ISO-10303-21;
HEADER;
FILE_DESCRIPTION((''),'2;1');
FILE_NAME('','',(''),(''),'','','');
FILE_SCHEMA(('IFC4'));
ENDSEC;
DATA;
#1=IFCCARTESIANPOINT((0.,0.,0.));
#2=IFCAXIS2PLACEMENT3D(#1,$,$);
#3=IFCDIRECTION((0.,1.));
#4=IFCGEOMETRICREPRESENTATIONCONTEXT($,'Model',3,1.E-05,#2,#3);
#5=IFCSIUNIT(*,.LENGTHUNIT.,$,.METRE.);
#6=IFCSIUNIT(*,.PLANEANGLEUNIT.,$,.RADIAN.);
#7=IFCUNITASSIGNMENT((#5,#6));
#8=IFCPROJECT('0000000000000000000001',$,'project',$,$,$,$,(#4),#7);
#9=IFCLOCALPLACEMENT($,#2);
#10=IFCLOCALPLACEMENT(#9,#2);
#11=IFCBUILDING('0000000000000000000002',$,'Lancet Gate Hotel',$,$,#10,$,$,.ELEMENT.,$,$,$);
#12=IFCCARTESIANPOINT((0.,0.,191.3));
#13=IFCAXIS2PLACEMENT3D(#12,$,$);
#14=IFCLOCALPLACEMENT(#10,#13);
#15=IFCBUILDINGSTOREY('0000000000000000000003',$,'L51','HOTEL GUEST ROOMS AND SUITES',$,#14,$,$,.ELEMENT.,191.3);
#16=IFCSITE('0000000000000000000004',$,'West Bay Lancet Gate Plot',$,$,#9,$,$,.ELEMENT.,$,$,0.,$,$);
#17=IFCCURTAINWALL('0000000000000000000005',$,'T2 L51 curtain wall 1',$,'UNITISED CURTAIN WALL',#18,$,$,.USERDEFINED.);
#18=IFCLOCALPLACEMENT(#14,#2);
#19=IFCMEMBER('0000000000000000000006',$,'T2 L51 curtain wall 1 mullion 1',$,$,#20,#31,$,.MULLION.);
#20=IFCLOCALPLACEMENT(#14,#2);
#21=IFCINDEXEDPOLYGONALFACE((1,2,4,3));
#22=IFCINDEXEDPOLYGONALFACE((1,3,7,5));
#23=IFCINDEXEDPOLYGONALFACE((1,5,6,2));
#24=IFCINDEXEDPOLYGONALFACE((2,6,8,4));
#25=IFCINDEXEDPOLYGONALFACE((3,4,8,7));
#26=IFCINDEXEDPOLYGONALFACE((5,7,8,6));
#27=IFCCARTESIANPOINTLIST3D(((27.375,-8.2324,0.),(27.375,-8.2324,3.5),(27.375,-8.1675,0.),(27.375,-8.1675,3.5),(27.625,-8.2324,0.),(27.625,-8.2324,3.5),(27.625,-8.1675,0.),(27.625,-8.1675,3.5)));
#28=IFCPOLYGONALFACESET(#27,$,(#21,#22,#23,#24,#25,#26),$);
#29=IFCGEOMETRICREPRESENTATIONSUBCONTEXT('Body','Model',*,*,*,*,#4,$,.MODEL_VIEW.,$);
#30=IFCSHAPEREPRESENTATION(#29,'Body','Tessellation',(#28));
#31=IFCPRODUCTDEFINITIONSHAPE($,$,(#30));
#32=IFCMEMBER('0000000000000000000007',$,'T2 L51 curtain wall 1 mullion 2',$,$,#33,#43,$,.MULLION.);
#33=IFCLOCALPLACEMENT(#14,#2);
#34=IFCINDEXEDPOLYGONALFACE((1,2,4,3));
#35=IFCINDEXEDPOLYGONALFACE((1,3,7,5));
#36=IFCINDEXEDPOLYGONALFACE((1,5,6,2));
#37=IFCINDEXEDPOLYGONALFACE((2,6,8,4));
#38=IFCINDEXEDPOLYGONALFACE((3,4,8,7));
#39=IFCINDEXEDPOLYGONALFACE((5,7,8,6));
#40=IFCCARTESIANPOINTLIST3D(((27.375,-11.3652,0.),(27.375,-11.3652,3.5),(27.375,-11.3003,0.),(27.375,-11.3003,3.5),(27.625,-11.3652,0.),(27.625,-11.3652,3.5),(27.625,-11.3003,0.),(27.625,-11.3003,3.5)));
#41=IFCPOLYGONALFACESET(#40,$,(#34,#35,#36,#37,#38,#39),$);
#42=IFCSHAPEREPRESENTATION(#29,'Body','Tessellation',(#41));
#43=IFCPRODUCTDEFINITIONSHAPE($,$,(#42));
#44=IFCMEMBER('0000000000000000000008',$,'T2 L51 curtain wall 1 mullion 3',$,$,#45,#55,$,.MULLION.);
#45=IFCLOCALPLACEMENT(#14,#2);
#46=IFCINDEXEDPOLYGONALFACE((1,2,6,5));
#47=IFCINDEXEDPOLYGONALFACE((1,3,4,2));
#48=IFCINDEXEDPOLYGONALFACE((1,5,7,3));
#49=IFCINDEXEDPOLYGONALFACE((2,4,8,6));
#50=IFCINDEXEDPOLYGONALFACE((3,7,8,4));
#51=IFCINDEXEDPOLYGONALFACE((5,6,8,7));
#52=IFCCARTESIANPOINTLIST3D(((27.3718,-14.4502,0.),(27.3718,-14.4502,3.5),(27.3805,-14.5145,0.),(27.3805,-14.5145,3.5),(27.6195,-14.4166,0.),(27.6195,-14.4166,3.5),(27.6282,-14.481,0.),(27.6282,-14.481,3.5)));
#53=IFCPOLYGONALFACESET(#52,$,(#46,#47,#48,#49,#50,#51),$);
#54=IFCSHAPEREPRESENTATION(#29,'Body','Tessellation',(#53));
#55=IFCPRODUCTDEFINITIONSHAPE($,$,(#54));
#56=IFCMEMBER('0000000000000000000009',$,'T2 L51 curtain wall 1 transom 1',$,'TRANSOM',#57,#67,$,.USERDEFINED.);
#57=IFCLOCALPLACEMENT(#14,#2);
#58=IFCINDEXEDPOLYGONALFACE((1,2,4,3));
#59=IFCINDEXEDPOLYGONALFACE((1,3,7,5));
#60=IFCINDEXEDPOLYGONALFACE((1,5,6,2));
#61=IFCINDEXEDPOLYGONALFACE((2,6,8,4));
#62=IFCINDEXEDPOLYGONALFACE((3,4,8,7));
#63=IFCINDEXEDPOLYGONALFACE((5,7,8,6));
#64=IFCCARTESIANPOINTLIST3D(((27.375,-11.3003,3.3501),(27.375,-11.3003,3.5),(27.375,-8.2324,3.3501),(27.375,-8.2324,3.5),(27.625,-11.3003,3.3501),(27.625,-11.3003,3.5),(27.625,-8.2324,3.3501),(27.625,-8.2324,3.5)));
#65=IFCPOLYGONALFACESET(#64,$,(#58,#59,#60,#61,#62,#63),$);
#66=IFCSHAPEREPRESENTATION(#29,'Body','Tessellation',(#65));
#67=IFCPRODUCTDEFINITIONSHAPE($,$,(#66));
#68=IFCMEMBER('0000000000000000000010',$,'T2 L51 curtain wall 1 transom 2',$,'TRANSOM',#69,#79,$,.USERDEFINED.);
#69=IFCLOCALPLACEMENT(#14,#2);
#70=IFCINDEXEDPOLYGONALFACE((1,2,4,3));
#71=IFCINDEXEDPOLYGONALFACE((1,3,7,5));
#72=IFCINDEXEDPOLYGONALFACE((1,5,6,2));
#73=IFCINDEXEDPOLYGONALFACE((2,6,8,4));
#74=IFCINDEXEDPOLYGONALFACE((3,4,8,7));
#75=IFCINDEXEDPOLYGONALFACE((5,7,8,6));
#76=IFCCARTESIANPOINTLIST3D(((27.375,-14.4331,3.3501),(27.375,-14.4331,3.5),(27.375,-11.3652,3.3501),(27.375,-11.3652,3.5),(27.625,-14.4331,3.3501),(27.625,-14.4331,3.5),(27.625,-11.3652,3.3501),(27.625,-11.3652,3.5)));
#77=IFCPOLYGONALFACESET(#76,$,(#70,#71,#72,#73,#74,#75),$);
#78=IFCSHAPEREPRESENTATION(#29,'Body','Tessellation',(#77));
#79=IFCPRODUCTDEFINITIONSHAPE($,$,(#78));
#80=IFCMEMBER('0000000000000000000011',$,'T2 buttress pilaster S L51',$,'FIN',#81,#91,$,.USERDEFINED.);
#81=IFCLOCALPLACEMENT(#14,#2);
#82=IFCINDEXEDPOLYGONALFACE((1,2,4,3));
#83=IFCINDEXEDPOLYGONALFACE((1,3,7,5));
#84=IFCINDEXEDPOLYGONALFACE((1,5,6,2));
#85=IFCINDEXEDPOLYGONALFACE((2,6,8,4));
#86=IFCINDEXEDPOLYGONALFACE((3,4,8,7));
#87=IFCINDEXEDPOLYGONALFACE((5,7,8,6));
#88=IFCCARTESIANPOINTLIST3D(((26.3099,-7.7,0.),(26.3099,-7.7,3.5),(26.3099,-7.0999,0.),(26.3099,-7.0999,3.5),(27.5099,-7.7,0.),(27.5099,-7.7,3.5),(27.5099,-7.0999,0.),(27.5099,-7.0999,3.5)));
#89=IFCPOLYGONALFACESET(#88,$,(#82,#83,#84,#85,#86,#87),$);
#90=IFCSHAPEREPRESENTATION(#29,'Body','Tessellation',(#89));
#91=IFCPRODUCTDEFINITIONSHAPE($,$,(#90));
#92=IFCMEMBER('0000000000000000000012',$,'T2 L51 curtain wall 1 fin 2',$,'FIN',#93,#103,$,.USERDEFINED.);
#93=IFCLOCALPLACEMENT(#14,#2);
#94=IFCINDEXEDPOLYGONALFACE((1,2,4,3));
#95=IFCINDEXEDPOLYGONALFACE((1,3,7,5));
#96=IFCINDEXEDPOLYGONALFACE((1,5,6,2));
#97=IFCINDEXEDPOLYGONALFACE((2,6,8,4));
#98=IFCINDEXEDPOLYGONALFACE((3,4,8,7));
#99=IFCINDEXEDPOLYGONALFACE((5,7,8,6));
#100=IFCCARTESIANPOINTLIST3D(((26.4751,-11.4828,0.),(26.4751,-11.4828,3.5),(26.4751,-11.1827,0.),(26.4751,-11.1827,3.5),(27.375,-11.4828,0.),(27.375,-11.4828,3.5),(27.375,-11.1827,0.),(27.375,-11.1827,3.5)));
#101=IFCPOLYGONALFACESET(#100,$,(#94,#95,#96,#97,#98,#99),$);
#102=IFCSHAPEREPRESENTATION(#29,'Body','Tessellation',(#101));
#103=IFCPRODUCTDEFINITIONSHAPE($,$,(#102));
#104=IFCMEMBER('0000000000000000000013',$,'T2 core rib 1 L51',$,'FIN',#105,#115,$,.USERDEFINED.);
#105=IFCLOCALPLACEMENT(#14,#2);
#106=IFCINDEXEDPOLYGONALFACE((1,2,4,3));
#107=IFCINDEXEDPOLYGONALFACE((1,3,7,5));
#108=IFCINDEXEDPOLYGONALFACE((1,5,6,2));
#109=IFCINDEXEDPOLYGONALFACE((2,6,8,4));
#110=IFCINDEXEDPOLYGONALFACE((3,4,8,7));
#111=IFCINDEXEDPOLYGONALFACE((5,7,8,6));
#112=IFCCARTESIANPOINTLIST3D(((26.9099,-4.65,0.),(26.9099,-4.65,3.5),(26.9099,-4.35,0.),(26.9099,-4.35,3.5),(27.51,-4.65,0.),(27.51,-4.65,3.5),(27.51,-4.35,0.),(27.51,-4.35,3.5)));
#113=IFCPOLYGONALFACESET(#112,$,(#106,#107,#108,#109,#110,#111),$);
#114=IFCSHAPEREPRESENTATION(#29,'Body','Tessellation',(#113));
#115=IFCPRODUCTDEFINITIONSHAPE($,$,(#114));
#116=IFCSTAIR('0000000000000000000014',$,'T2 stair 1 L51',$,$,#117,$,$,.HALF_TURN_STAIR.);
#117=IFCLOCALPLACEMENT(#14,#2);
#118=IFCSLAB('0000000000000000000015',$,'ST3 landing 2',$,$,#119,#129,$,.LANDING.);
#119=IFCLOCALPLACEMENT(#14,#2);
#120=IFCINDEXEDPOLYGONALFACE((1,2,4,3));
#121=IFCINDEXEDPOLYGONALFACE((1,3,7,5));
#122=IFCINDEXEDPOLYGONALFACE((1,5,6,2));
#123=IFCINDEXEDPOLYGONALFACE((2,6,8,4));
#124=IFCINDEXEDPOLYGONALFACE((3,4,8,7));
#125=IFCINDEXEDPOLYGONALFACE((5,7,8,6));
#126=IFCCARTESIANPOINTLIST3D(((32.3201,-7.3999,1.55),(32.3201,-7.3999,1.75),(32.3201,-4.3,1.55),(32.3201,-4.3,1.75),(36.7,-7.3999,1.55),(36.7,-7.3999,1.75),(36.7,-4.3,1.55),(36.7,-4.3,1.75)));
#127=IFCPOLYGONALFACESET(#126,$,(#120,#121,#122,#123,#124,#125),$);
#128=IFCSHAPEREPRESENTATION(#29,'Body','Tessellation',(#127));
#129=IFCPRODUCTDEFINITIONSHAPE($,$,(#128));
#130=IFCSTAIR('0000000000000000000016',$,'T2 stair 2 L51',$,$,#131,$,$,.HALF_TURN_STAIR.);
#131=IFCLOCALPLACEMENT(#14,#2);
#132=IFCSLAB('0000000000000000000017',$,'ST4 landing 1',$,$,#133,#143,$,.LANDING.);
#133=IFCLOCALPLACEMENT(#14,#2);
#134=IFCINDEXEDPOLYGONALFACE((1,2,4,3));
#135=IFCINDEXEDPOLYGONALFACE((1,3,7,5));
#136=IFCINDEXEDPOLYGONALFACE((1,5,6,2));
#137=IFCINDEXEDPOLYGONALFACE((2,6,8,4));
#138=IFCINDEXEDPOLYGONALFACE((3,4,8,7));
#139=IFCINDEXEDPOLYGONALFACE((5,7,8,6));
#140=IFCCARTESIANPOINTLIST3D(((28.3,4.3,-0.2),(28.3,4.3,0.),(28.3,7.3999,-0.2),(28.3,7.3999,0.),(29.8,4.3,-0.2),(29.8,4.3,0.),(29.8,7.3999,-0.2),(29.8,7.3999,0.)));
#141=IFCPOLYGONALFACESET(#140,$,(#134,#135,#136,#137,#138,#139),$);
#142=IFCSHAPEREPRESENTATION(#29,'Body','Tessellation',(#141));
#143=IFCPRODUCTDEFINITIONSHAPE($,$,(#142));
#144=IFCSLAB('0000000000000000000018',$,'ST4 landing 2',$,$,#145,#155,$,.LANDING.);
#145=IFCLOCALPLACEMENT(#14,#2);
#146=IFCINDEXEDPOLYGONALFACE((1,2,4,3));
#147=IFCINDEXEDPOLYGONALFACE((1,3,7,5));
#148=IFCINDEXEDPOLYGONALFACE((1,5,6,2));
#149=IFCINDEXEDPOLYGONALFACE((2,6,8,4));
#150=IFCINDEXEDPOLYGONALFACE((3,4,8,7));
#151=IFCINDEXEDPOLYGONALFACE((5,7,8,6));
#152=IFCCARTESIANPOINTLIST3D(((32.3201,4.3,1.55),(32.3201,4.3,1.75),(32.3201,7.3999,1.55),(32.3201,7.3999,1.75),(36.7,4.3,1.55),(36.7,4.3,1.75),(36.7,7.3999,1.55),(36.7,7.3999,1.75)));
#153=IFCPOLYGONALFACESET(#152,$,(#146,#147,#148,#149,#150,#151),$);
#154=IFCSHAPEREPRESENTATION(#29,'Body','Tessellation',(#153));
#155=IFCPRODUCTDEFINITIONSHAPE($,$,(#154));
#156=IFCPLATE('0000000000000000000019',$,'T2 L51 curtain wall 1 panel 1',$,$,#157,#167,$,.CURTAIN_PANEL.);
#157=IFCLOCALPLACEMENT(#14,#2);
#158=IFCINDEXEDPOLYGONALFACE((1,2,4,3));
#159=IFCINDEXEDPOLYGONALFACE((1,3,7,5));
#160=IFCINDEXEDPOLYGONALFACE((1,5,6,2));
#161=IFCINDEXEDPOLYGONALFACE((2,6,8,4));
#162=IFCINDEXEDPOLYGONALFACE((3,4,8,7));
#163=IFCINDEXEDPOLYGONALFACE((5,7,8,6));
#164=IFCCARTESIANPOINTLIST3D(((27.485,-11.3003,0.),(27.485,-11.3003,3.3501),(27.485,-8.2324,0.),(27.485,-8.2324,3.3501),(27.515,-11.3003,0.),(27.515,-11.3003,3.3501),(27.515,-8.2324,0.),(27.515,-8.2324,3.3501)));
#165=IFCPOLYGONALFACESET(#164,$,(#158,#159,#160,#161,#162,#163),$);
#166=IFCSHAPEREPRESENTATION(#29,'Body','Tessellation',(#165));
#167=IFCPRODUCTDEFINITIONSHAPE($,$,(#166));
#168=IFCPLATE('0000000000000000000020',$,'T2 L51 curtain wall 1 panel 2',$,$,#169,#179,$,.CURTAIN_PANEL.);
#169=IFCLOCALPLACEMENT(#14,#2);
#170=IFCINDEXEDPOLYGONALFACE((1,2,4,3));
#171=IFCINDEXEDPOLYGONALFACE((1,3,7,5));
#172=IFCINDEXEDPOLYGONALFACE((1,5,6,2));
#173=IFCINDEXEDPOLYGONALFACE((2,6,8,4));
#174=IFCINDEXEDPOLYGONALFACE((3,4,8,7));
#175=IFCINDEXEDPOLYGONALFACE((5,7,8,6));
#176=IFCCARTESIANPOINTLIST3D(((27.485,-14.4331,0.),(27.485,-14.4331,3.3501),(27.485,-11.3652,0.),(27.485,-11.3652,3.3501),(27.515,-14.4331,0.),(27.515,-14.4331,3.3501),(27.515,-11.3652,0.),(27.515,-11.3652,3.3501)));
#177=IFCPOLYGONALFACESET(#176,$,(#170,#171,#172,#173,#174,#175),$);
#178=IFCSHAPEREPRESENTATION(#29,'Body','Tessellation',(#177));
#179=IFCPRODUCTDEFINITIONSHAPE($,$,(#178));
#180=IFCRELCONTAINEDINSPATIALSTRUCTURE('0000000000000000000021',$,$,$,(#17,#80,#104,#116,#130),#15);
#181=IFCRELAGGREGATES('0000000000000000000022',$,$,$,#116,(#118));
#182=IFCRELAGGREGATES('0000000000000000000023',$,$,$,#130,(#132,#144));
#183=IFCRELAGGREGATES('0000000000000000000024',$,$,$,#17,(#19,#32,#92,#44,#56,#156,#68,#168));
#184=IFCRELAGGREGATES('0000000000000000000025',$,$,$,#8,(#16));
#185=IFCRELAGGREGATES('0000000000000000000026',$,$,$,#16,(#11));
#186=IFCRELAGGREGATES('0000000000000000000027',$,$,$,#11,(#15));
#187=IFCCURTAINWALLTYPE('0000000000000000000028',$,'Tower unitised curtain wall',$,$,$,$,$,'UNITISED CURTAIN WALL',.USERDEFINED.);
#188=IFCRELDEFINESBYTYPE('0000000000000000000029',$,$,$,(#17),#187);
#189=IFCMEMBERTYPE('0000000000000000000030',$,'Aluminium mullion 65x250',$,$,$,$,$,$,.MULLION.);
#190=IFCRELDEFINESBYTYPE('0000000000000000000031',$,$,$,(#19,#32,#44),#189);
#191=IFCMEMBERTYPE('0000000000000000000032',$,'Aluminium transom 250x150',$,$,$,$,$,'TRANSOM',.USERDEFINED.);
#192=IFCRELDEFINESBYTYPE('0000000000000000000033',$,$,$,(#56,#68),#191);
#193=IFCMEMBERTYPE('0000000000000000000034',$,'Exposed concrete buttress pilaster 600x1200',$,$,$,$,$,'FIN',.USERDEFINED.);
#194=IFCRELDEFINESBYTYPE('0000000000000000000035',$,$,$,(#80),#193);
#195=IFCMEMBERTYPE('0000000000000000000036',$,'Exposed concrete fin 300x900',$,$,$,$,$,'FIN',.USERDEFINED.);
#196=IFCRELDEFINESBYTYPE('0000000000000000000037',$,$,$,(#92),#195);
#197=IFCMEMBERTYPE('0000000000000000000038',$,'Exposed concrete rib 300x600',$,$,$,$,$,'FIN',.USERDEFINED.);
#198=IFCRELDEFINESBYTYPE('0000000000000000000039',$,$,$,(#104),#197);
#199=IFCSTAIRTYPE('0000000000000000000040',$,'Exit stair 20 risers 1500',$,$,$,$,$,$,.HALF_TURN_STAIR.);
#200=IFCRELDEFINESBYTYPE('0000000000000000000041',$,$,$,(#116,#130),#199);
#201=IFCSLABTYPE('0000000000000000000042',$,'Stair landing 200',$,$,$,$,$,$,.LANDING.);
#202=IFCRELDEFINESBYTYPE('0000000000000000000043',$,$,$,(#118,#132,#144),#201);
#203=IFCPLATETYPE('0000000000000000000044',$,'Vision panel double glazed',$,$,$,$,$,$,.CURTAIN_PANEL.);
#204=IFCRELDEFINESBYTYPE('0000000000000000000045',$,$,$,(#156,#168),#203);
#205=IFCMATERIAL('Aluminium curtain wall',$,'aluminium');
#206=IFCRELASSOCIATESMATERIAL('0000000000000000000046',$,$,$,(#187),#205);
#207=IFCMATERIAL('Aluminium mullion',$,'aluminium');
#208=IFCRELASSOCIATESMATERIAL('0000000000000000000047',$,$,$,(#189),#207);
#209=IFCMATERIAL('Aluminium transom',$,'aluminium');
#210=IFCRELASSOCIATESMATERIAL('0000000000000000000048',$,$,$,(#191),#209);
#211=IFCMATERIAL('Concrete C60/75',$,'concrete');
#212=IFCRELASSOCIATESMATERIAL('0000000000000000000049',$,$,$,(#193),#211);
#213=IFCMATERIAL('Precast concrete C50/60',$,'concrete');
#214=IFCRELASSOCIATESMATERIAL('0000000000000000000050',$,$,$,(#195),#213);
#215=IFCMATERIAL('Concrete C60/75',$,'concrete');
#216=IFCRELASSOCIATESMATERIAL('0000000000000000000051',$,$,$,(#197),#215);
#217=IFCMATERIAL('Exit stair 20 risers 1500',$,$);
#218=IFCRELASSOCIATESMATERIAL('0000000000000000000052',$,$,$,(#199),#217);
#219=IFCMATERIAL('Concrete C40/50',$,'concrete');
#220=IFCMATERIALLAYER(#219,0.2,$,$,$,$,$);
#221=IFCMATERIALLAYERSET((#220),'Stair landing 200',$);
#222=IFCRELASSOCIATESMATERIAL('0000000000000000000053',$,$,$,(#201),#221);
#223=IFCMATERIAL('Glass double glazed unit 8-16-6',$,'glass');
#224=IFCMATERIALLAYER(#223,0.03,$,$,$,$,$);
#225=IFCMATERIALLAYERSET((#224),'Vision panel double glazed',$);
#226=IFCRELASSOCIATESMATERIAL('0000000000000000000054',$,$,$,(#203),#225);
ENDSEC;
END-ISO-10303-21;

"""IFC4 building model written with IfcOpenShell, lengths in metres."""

from ifc_helpers import new_model, si_unit, direction, frame, origin, origin_2d, place, context, subcontext, project, spatial, polyline, rectangle, outline, extrude, material, layer, layer_set, material_profile, profile_set, type_object, element, aggregate, save


model = new_model("IFC4")

# Units and contexts
model_context = context("Model", 3, precision=1e-05, world=origin(), true_north=direction((0.0, 1.0)))
body_context = subcontext(model_context, "Body", "Model", "MODEL_VIEW")
ifc_project = project(units=[si_unit("LENGTHUNIT", "METRE"), si_unit("PLANEANGLEUNIT", "RADIAN")], contexts=[model_context])

# Site, building, storey
site_placement = place(None, origin())
site = spatial("IfcSite", under=ifc_project, at=site_placement, Name="West Bay Lancet Gate Plot", CompositionType="ELEMENT", RefElevation=0.0)
building_placement = place(site_placement, origin())
building = spatial("IfcBuilding", under=site, at=building_placement, Name="Lancet Gate Hotel", CompositionType="ELEMENT")
storey_placement = place(building_placement, frame((0.0, 0.0, 191.3)))
storey = spatial("IfcBuildingStorey", under=building, at=storey_placement, Name="L51", Description="HOTEL GUEST ROOMS AND SUITES", CompositionType="ELEMENT", Elevation=191.3)

# Curtain wall, members
ifc_material_1 = material(Name="Aluminium curtain wall", Category="aluminium")
curtain_wall_type = type_object("IfcCurtainWallType", Name="Tower unitised curtain wall", ElementType="UNITISED CURTAIN WALL", PredefinedType="USERDEFINED", material=ifc_material_1)
curtain_wall_placement = place(storey_placement, origin())
curtain_wall = element("IfcCurtainWall", 1, at=curtain_wall_placement, inside=storey, type_object=curtain_wall_type, Name="T2 L51 curtain wall 1", ObjectType="UNITISED CURTAIN WALL", PredefinedType="USERDEFINED")
ifc_material_2 = material(Name="Aluminium mullion", Category="aluminium")
ifc_material_profile_1 = material_profile(ifc_material_2, rectangle(XDim=0.0649, YDim=0.25, at=origin_2d()), Name="MULLION 65x250")
ifc_profile_set_1 = profile_set([ifc_material_profile_1], Name="Aluminium mullion")
member_type_1 = type_object("IfcMemberType", Name="Aluminium mullion 65x250", PredefinedType="MULLION", material=ifc_profile_set_1)
member_1_placement = place(storey_placement, frame((27.5, -8.2, 0.0), z_axis=(0.0, 0.0, 1.0), x_axis=(0.0, -1.0, 0.0)))
member_1 = element("IfcMember", 2, at=member_1_placement, type_object=member_type_1, Name="T2 L51 curtain wall 1 mullion 1", PredefinedType="MULLION", context=body_context, shape_type="SweptSolid", body=[
    extrude(rectangle(XDim=0.0649, YDim=0.25, at=origin_2d()), origin(), (0.0, 0.0, 1.0), 3.5),
])
member_2_placement = place(storey_placement, frame((27.5, -11.3328, 0.0), z_axis=(0.0, 0.0, 1.0), x_axis=(0.0, -1.0, 0.0)))
member_2 = element("IfcMember", 3, at=member_2_placement, type_object=member_type_1, Name="T2 L51 curtain wall 1 mullion 2", PredefinedType="MULLION", context=body_context, shape_type="SweptSolid", body=[
    extrude(rectangle(XDim=0.0649, YDim=0.25, at=origin_2d()), origin(), (0.0, 0.0, 1.0), 3.5),
])
member_3_placement = place(storey_placement, frame((27.5, -14.4656, 0.0), z_axis=(0.0, 0.0, 1.0), x_axis=(0.134207, -0.990953, 0.0)))
member_3 = element("IfcMember", 4, at=member_3_placement, type_object=member_type_1, Name="T2 L51 curtain wall 1 mullion 3", PredefinedType="MULLION", context=body_context, shape_type="SweptSolid", body=[
    extrude(rectangle(XDim=0.0649, YDim=0.25, at=origin_2d()), origin(), (0.0, 0.0, 1.0), 3.5),
])
ifc_material_3 = material(Name="Aluminium transom", Category="aluminium")
ifc_material_profile_2 = material_profile(ifc_material_3, rectangle(XDim=0.25, YDim=0.1499, at=origin_2d()), Name="TRANSOM 250x150")
ifc_profile_set_2 = profile_set([ifc_material_profile_2], Name="Aluminium transom")
member_type_2 = type_object("IfcMemberType", Name="Aluminium transom 250x150", ElementType="TRANSOM", PredefinedType="USERDEFINED", material=ifc_profile_set_2)
member_4_placement = place(storey_placement, frame((27.5, -8.2324, 3.425), z_axis=(0.0, -1.0, 0.0), x_axis=(1.0, 0.0, 0.0)))
member_4 = element("IfcMember", 5, at=member_4_placement, type_object=member_type_2, Name="T2 L51 curtain wall 1 transom 1", ObjectType="TRANSOM", PredefinedType="USERDEFINED", context=body_context, shape_type="SweptSolid", body=[
    extrude(rectangle(XDim=0.25, YDim=0.1499, at=origin_2d()), origin(), (0.0, 0.0, 1.0), 3.0679),
])
member_5_placement = place(storey_placement, frame((27.5, -11.3652, 3.425), z_axis=(0.0, -1.0, 0.0), x_axis=(1.0, 0.0, 0.0)))
member_5 = element("IfcMember", 6, at=member_5_placement, type_object=member_type_2, Name="T2 L51 curtain wall 1 transom 2", ObjectType="TRANSOM", PredefinedType="USERDEFINED", context=body_context, shape_type="SweptSolid", body=[
    extrude(rectangle(XDim=0.25, YDim=0.1499, at=origin_2d()), origin(), (0.0, 0.0, 1.0), 3.0679),
])

# Members
ifc_material_4 = material(Name="Concrete C60/75", Category="concrete")
ifc_material_profile_3 = material_profile(ifc_material_4, rectangle(XDim=0.6001, YDim=1.2, at=origin_2d()), Name="FIN 600x1200")
ifc_profile_set_3 = profile_set([ifc_material_profile_3], Name="Concrete C60/75")
member_type_3 = type_object("IfcMemberType", Name="Exposed concrete buttress pilaster 600x1200", ElementType="FIN", PredefinedType="USERDEFINED", material=ifc_profile_set_3)
member_6_placement = place(storey_placement, frame((26.9099, -7.3999, 0.0), z_axis=(0.0, 0.0, 1.0), x_axis=(0.0, 1.0, 0.0)))
element("IfcMember", 7, at=member_6_placement, inside=storey, type_object=member_type_3, Name="T2 buttress pilaster S L51", ObjectType="FIN", PredefinedType="USERDEFINED", context=body_context, shape_type="SweptSolid", body=[
    extrude(rectangle(XDim=0.6001, YDim=1.2, at=origin_2d()), origin(), (0.0, 0.0, 1.0), 3.5),
])
ifc_material_5 = material(Name="Precast concrete C50/60", Category="concrete")
ifc_material_profile_4 = material_profile(ifc_material_5, rectangle(XDim=0.3, YDim=0.8999, at=origin_2d()), Name="FIN 300x900")
ifc_profile_set_4 = profile_set([ifc_material_profile_4], Name="Precast concrete C50/60")
member_type_4 = type_object("IfcMemberType", Name="Exposed concrete fin 300x900", ElementType="FIN", PredefinedType="USERDEFINED", material=ifc_profile_set_4)
member_7_placement = place(storey_placement, frame((26.925, -11.3328, 0.0), z_axis=(0.0, 0.0, 1.0), x_axis=(0.0, -1.0, 0.0)))
member_7 = element("IfcMember", 8, at=member_7_placement, type_object=member_type_4, Name="T2 L51 curtain wall 1 fin 2", ObjectType="FIN", PredefinedType="USERDEFINED", context=body_context, shape_type="SweptSolid", body=[
    extrude(rectangle(XDim=0.3, YDim=0.8999, at=origin_2d()), origin(), (0.0, 0.0, 1.0), 3.5),
])
ifc_material_6 = material(Name="Concrete C60/75", Category="concrete")
ifc_material_profile_5 = material_profile(ifc_material_6, rectangle(XDim=0.3, YDim=0.6001, at=origin_2d()), Name="FIN 300x600")
ifc_profile_set_5 = profile_set([ifc_material_profile_5], Name="Concrete C60/75")
member_type_5 = type_object("IfcMemberType", Name="Exposed concrete rib 300x600", ElementType="FIN", PredefinedType="USERDEFINED", material=ifc_profile_set_5)
member_8_placement = place(storey_placement, frame((27.21, -4.5, 0.0), z_axis=(0.0, 0.0, 1.0), x_axis=(0.0, 1.0, 0.0)))
element("IfcMember", 9, at=member_8_placement, inside=storey, type_object=member_type_5, Name="T2 core rib 1 L51", ObjectType="FIN", PredefinedType="USERDEFINED", context=body_context, shape_type="SweptSolid", body=[
    extrude(rectangle(XDim=0.3, YDim=0.6001, at=origin_2d()), origin(), (0.0, 0.0, 1.0), 3.5),
])

# Stair, slab
ifc_material_7 = material(Name="Exit stair 20 risers 1500")
stair_type = type_object("IfcStairType", Name="Exit stair 20 risers 1500", PredefinedType="HALF_TURN_STAIR", material=ifc_material_7)
stair_1_placement = place(storey_placement, origin())
stair_1 = element("IfcStair", 10, at=stair_1_placement, inside=storey, type_object=stair_type, Name="T2 stair 1 L51", PredefinedType="HALF_TURN_STAIR")
ifc_material_8 = material(Name="Concrete C40/50", Category="concrete")
ifc_layer_1 = layer(ifc_material_8, 0.2)
ifc_layer_set_1 = layer_set([ifc_layer_1], Name="Stair landing 200")
slab_type = type_object("IfcSlabType", Name="Stair landing 200", PredefinedType="LANDING", material=ifc_layer_set_1)
slab_1_placement = place(storey_placement, frame((0.0, 0.0, 1.55)))
slab_1 = element("IfcSlab", 11, at=slab_1_placement, type_object=slab_type, Name="ST3 landing 2", PredefinedType="LANDING", context=body_context, shape_type="SweptSolid", body=[
    extrude(outline(polyline([(32.3201, -7.3999), (36.7, -7.3999), (36.7, -4.3), (32.3201, -4.3), (32.3201, -7.3999)])), origin(), (0.0, 0.0, 1.0), 0.2),
])
aggregate(stair_1, [slab_1])

# Stair, slabs
stair_2_placement = place(storey_placement, origin())
stair_2 = element("IfcStair", 12, at=stair_2_placement, inside=storey, type_object=stair_type, Name="T2 stair 2 L51", PredefinedType="HALF_TURN_STAIR")
slab_2_placement = place(storey_placement, frame((0.0, 0.0, -0.2)))
slab_2 = element("IfcSlab", 13, at=slab_2_placement, type_object=slab_type, Name="ST4 landing 1", PredefinedType="LANDING", context=body_context, shape_type="SweptSolid", body=[
    extrude(outline(polyline([(28.3, 4.3), (29.8, 4.3), (29.8, 7.3999), (28.3, 7.3999), (28.3, 4.3)])), origin(), (0.0, 0.0, 1.0), 0.2),
])
slab_3_placement = place(storey_placement, frame((0.0, 0.0, 1.55)))
slab_3 = element("IfcSlab", 14, at=slab_3_placement, type_object=slab_type, Name="ST4 landing 2", PredefinedType="LANDING", context=body_context, shape_type="SweptSolid", body=[
    extrude(outline(polyline([(32.3201, 4.3), (36.7, 4.3), (36.7, 7.3999), (32.3201, 7.3999), (32.3201, 4.3)])), origin(), (0.0, 0.0, 1.0), 0.2),
])
aggregate(stair_2, [slab_2, slab_3])

# Plates
ifc_material_9 = material(Name="Glass double glazed unit 8-16-6", Category="glass")
ifc_layer_2 = layer(ifc_material_9, 0.03)
ifc_layer_set_2 = layer_set([ifc_layer_2], Name="Vision panel double glazed")
plate_type = type_object("IfcPlateType", Name="Vision panel double glazed", PredefinedType="CURTAIN_PANEL", material=ifc_layer_set_2)
plate_1_placement = place(storey_placement, frame((27.5, -9.7664, 0.0), z_axis=(0.0, 0.0, 1.0), x_axis=(0.0, -1.0, 0.0)))
plate_1 = element("IfcPlate", 15, at=plate_1_placement, type_object=plate_type, Name="T2 L51 curtain wall 1 panel 1", PredefinedType="CURTAIN_PANEL", context=body_context, shape_type="SweptSolid", body=[
    extrude(rectangle(XDim=3.0679, YDim=0.03, at=origin_2d()), origin(), (0.0, 0.0, 1.0), 3.3501),
])
plate_2_placement = place(storey_placement, frame((27.5, -12.8992, 0.0), z_axis=(0.0, 0.0, 1.0), x_axis=(0.0, -1.0, 0.0)))
plate_2 = element("IfcPlate", 16, at=plate_2_placement, type_object=plate_type, Name="T2 L51 curtain wall 1 panel 2", PredefinedType="CURTAIN_PANEL", context=body_context, shape_type="SweptSolid", body=[
    extrude(rectangle(XDim=3.0679, YDim=0.03, at=origin_2d()), origin(), (0.0, 0.0, 1.0), 3.3501),
])
aggregate(curtain_wall, [member_1, member_2, member_7, member_3, member_4, plate_1, member_5, plate_2])

save(model, "model.ifc")
